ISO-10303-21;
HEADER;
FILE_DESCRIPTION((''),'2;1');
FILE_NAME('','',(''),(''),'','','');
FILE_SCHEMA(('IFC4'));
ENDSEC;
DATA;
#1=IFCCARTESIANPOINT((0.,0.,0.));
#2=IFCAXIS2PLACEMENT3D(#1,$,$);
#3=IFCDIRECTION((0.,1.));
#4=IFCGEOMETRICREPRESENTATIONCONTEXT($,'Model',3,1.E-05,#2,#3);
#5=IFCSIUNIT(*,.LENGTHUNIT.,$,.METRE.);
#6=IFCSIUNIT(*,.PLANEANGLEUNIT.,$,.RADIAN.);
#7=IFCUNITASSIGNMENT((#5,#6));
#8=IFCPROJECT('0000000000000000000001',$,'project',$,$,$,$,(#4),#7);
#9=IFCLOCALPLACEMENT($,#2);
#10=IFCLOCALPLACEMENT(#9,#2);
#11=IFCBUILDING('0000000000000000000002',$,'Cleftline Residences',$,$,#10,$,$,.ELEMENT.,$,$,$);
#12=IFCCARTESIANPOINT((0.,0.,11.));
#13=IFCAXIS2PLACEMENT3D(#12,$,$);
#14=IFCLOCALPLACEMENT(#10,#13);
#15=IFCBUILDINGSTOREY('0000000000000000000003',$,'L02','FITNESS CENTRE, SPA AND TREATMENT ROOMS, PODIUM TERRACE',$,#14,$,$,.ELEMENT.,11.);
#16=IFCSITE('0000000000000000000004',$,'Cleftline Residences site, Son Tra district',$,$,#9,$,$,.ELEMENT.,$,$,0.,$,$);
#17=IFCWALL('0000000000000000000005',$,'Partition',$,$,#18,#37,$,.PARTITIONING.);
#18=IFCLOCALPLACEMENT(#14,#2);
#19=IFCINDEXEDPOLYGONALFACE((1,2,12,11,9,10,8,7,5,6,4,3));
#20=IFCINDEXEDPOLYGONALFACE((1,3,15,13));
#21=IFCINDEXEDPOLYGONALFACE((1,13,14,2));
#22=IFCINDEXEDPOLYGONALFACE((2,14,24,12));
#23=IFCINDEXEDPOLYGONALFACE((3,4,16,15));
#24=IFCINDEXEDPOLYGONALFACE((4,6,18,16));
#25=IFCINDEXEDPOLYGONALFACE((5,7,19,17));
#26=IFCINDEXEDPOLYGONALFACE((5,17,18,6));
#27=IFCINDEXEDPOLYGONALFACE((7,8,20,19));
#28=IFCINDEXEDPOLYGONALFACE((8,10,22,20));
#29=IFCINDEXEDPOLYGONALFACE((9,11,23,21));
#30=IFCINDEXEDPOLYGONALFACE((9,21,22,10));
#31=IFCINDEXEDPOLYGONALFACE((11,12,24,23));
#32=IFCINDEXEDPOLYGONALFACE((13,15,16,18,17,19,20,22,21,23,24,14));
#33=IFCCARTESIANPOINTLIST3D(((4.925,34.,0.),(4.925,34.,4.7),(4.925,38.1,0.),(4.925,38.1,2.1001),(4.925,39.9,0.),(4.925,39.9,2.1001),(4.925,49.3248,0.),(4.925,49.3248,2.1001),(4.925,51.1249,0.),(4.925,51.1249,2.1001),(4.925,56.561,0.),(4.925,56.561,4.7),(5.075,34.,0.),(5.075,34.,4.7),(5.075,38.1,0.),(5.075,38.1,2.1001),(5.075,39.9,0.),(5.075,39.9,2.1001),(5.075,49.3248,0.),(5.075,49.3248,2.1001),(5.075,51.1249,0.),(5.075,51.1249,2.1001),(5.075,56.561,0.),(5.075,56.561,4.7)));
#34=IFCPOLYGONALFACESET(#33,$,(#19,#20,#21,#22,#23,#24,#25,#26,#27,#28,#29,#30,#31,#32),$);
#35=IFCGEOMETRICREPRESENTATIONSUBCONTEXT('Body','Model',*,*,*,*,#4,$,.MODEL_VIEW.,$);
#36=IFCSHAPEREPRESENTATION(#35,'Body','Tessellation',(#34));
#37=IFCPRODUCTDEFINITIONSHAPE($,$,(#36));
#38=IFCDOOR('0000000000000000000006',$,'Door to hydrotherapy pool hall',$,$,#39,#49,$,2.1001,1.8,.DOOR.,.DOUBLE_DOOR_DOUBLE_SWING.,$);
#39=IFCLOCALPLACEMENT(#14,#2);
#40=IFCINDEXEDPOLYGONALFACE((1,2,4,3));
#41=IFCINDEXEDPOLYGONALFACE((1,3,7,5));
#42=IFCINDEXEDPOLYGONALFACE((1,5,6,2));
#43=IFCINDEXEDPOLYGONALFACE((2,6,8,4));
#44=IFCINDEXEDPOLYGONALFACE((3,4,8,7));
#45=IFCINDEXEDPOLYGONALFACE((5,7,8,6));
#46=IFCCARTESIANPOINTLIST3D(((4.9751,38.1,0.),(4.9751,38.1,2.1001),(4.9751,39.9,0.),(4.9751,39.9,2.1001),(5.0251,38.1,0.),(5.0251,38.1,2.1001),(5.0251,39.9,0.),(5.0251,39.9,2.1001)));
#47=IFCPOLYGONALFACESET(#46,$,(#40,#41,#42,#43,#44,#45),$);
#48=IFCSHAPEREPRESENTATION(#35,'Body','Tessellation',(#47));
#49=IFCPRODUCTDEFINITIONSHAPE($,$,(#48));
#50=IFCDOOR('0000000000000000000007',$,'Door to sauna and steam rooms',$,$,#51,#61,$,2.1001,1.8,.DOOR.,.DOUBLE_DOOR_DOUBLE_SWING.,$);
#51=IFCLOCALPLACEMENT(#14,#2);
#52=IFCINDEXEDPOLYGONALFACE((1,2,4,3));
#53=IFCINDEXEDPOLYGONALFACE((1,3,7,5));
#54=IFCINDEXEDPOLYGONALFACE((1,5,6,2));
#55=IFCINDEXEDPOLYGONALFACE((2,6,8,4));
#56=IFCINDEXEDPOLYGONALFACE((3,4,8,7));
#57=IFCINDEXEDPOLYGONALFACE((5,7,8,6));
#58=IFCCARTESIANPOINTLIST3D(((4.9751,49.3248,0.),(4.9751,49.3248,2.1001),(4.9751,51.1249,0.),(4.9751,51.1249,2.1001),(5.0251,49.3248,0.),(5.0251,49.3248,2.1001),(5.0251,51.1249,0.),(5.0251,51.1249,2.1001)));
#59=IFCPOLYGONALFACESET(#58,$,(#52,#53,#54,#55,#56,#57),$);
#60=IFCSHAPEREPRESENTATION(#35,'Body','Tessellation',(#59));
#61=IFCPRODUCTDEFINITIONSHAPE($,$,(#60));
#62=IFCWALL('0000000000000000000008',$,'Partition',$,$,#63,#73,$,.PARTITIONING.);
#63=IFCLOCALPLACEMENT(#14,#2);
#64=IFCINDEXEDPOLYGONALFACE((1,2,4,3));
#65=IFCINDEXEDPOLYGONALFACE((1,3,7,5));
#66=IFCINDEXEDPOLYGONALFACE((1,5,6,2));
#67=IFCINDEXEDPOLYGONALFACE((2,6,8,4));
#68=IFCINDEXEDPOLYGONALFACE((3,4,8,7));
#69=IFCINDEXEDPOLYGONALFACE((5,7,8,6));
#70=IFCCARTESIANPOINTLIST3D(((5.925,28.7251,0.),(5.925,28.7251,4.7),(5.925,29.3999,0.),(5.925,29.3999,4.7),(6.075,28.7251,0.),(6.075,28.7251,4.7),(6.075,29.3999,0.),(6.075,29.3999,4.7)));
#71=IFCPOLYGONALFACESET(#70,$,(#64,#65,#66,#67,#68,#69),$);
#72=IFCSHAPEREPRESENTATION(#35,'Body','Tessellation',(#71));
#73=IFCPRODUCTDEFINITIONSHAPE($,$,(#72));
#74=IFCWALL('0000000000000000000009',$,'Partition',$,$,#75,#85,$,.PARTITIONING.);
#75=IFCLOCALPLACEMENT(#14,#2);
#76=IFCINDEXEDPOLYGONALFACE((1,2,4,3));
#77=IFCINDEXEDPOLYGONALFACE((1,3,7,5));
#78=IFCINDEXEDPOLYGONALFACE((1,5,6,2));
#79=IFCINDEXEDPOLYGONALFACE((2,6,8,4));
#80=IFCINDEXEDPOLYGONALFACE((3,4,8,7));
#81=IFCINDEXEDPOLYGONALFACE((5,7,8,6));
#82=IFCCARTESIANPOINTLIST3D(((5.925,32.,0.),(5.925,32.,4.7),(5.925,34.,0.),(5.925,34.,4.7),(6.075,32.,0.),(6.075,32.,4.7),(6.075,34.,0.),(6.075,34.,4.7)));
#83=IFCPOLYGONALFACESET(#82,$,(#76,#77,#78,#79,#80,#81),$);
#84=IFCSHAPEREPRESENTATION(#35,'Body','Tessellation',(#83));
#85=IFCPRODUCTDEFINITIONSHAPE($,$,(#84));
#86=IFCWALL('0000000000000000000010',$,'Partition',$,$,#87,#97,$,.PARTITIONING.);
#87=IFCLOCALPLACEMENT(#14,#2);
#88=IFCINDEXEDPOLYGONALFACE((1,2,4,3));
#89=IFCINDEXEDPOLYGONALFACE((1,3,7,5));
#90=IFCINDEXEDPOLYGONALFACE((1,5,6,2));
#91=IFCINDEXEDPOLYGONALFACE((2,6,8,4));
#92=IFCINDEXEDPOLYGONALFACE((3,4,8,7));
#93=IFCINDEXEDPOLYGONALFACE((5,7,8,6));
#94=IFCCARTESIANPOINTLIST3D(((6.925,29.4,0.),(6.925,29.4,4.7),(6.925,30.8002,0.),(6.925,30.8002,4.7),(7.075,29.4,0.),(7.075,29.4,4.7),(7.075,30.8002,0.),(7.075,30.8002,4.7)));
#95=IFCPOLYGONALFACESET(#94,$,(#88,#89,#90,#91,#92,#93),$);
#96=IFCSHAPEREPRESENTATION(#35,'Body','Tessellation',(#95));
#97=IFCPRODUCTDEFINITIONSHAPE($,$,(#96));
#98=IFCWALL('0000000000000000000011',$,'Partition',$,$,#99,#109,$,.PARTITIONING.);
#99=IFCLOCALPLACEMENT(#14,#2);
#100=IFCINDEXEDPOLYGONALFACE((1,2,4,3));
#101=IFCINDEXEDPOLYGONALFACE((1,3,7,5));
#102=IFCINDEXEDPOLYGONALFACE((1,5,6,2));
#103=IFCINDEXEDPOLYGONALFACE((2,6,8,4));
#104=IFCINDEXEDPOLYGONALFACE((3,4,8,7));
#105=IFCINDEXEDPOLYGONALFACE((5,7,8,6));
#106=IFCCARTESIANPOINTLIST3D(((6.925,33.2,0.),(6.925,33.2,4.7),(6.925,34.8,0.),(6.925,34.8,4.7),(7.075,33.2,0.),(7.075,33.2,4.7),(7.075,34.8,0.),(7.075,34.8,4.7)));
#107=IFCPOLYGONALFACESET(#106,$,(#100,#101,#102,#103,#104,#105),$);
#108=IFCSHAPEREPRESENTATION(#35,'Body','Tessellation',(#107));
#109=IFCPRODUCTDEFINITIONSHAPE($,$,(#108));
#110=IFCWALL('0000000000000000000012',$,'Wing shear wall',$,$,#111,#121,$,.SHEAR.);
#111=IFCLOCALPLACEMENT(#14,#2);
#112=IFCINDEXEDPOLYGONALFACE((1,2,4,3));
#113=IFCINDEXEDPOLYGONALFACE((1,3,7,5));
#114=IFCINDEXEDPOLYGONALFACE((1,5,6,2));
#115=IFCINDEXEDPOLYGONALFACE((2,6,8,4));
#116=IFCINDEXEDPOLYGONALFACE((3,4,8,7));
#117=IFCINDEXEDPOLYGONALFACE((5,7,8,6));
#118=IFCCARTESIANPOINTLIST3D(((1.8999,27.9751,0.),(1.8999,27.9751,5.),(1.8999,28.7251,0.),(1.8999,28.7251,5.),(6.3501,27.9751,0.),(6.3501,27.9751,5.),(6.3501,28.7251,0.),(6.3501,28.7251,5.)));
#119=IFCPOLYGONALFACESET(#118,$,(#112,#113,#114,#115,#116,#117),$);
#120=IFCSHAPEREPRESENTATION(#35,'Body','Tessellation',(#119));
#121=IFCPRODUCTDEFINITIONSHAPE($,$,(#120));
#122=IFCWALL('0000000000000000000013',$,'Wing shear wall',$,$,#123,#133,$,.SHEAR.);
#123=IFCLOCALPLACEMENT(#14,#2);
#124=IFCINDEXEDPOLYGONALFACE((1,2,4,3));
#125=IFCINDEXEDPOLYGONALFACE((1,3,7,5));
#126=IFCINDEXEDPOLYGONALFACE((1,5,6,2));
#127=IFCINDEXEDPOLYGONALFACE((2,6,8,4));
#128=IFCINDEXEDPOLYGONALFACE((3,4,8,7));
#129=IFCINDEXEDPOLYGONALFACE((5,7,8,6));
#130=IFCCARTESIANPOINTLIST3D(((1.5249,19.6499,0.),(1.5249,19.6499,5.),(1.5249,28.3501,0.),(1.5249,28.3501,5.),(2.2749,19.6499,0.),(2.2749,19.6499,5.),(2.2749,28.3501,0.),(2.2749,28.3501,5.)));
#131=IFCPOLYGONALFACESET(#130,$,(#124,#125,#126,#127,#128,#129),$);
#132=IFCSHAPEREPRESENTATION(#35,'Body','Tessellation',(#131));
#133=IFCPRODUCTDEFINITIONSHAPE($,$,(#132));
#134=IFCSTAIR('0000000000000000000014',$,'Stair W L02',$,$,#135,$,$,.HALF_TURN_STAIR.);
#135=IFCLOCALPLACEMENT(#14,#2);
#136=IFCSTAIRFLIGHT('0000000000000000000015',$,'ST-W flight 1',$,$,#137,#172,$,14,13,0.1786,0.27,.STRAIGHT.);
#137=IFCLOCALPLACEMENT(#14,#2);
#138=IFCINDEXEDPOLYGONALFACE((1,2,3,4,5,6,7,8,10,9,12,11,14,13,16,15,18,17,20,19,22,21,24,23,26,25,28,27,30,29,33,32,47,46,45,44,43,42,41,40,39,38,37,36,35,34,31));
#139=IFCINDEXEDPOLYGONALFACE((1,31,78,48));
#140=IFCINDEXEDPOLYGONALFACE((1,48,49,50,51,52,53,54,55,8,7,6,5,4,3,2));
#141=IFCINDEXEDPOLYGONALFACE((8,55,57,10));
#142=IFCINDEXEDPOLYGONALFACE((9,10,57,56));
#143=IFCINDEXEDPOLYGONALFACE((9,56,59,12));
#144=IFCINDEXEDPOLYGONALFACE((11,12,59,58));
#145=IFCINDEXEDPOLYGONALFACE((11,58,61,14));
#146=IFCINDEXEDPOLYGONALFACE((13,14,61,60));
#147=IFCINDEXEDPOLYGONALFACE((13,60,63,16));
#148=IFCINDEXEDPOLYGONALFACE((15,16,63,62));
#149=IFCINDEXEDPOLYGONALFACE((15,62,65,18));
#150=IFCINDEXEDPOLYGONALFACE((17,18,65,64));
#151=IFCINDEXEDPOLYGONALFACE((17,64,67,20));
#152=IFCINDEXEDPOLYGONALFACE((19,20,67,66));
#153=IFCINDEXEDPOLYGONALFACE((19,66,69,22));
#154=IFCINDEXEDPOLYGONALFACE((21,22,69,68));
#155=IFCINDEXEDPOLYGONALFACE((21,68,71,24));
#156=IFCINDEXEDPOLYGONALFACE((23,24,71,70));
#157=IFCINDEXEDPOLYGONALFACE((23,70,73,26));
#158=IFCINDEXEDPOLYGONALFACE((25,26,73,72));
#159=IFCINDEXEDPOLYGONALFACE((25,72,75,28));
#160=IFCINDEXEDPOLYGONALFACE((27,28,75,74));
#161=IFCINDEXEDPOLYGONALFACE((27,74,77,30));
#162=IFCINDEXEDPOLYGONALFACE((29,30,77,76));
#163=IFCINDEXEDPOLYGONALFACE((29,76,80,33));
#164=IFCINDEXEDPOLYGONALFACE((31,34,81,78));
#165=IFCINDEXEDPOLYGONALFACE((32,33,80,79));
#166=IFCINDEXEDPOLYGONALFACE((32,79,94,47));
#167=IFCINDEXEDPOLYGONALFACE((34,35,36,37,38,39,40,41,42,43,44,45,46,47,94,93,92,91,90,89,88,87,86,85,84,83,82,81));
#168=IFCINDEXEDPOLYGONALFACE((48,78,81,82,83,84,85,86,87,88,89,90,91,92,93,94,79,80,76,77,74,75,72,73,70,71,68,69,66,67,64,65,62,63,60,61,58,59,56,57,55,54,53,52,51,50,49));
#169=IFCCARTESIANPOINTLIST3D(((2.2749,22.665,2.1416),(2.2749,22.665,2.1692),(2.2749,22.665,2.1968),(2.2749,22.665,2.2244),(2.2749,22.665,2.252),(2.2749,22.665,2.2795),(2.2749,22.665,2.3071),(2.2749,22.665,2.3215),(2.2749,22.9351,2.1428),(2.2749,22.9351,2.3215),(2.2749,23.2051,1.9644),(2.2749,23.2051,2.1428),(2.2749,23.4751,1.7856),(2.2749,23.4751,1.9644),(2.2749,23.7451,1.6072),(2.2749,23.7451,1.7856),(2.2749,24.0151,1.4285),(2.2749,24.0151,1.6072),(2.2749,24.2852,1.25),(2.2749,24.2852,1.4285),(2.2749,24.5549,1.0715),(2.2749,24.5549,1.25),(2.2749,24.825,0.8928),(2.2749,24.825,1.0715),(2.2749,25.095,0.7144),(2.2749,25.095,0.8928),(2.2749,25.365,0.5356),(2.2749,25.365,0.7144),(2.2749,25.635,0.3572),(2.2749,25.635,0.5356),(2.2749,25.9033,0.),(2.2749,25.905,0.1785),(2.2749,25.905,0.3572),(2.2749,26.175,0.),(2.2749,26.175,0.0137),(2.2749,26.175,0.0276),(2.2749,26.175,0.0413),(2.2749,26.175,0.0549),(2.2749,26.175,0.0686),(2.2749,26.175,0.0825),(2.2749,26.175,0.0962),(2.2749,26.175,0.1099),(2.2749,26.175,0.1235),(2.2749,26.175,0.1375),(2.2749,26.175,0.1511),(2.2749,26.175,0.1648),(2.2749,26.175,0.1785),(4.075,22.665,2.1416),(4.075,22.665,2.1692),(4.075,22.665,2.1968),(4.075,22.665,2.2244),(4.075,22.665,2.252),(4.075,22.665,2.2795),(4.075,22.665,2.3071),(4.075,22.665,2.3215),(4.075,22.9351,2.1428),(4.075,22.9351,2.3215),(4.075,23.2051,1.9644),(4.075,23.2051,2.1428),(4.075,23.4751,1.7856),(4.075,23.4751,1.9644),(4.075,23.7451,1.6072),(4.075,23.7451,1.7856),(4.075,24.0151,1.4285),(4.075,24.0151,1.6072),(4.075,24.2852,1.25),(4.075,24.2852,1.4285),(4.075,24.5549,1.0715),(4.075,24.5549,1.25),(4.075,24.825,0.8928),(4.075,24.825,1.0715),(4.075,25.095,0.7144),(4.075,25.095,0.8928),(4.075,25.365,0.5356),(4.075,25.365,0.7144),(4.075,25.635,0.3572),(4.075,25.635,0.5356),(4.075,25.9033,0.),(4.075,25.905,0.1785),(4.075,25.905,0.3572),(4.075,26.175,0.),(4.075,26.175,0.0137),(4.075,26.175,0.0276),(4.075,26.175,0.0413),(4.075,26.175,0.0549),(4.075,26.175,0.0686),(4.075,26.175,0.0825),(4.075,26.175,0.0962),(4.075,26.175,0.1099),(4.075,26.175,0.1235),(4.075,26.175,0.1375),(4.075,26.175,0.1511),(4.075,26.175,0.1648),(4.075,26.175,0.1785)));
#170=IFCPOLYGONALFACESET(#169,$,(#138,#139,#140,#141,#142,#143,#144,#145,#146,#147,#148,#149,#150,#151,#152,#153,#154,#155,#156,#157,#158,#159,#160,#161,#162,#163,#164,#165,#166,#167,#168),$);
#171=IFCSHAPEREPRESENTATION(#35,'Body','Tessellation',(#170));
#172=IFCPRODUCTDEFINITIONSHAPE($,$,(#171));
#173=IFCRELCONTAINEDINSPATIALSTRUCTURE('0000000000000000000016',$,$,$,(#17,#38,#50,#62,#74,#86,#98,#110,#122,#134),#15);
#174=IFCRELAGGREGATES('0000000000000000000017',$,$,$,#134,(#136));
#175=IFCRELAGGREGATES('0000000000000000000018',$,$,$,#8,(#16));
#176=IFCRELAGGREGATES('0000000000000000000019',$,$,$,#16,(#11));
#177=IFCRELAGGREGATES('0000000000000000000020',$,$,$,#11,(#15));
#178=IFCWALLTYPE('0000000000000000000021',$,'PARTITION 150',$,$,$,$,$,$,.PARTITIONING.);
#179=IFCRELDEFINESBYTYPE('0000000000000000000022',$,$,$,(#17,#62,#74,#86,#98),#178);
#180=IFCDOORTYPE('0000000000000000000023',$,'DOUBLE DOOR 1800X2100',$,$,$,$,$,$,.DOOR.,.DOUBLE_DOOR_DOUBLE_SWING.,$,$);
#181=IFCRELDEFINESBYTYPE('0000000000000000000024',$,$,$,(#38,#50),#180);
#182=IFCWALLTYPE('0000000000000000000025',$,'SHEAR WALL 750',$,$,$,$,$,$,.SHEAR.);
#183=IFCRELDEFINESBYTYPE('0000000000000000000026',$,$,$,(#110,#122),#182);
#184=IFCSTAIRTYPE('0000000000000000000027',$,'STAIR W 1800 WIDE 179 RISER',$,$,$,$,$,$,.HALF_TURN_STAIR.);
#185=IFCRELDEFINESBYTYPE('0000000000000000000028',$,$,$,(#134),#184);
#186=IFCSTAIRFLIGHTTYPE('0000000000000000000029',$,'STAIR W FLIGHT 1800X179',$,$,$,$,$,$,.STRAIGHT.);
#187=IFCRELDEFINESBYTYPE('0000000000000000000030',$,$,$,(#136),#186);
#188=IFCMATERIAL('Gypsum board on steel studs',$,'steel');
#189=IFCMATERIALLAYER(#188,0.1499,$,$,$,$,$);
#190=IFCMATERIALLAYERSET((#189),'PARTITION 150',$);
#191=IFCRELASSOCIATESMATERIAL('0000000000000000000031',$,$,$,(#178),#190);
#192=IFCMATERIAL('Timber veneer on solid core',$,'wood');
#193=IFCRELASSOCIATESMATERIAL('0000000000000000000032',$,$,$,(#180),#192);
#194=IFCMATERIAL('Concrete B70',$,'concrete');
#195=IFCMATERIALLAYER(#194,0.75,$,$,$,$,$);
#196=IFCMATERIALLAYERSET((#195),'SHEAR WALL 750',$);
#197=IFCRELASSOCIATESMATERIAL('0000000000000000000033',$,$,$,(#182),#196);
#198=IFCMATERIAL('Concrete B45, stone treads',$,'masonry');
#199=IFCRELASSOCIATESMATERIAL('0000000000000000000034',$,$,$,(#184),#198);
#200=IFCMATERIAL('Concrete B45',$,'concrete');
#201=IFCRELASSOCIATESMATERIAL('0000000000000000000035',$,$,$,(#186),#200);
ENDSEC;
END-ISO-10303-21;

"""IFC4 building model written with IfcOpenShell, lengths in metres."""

from ifc_helpers import new_model, si_unit, direction, frame, frame_2d, origin, place, context, subcontext, project, spatial, polyline, rectangle, outline, extrude, material, layer, layer_set, type_object, element, fill, aggregate, save


model = new_model("IFC4")

# Units and contexts
model_context = context("Model", 3, precision=1e-05, world=origin(), true_north=direction((0.0, 1.0)))
body_context = subcontext(model_context, "Body", "Model", "MODEL_VIEW")
ifc_project = project(units=[si_unit("LENGTHUNIT", "METRE"), si_unit("PLANEANGLEUNIT", "RADIAN")], contexts=[model_context])

# Site, building, storey
site_placement = place(None, origin())
site = spatial("IfcSite", under=ifc_project, at=site_placement, Name="Cleftline Residences site, Son Tra district", CompositionType="ELEMENT", RefElevation=0.0)
building_placement = place(site_placement, origin())
building = spatial("IfcBuilding", under=site, at=building_placement, Name="Cleftline Residences", CompositionType="ELEMENT")
storey_placement = place(building_placement, frame((0.0, 0.0, 11.0)))
storey = spatial("IfcBuildingStorey", under=building, at=storey_placement, Name="L02", Description="FITNESS CENTRE, SPA AND TREATMENT ROOMS, PODIUM TERRACE", CompositionType="ELEMENT", Elevation=11.0)

# Shared definitions
ifc_material_1 = material(Name="Gypsum board on steel studs", Category="steel")
ifc_layer_1 = layer(ifc_material_1, 0.1499)
ifc_layer_set_1 = layer_set([ifc_layer_1], Name="PARTITION 150")
wall_type_1 = type_object("IfcWallType", Name="PARTITION 150", PredefinedType="PARTITIONING", material=ifc_layer_set_1)

# Wall, openings, doors
wall_1_placement = place(storey_placement, frame((5.0, 34.0, 0.0), z_axis=(0.0, 0.0, 1.0), x_axis=(0.0, 1.0, 0.0)))
wall_1 = element("IfcWall", 1, at=wall_1_placement, inside=storey, type_object=wall_type_1, Name="Partition", PredefinedType="PARTITIONING", context=body_context, shape_type="SweptSolid", body=[
    extrude(rectangle(XDim=22.561, YDim=0.1499, at=frame_2d((11.2805, 0.0))), origin(), (0.0, 0.0, 1.0), 4.7),
])
opening_1_placement = place(wall_1_placement, frame((4.1001, 0.0, 0.0)))
opening_1 = element("IfcOpeningElement", 2, at=opening_1_placement, cuts=wall_1, PredefinedType="OPENING", context=body_context, shape_type="SweptSolid", body=[
    extrude(rectangle(XDim=1.8, YDim=2.1001, at=frame_2d((0.8999, 1.05))), frame((0.0, 0.085, 0.0), z_axis=(0.0, -1.0, 0.0), x_axis=(1.0, 0.0, 0.0)), (0.0, 0.0, 1.0), 0.1699),
])
opening_2_placement = place(wall_1_placement, frame((15.325, 0.0, 0.0)))
opening_2 = element("IfcOpeningElement", 3, at=opening_2_placement, cuts=wall_1, PredefinedType="OPENING", context=body_context, shape_type="SweptSolid", body=[
    extrude(rectangle(XDim=1.8, YDim=2.1001, at=frame_2d((0.8999, 1.05))), frame((0.0, 0.085, 0.0), z_axis=(0.0, -1.0, 0.0), x_axis=(1.0, 0.0, 0.0)), (0.0, 0.0, 1.0), 0.1699),
])
ifc_material_2 = material(Name="Timber veneer on solid core", Category="wood")
door_type_1 = type_object("IfcDoorType", Name="DOUBLE DOOR 1800X2100", OperationType="DOUBLE_DOOR_DOUBLE_SWING", PredefinedType="DOOR", material=ifc_material_2)
door_1_placement = place(opening_1_placement, origin())
door_1 = element("IfcDoor", 4, at=door_1_placement, inside=storey, type_object=door_type_1, Name="Door to hydrotherapy pool hall", OperationType="DOUBLE_DOOR_DOUBLE_SWING", OverallHeight=2.1001, OverallWidth=1.8, PredefinedType="DOOR", context=body_context, shape_type="SweptSolid", body=[
    extrude(rectangle(XDim=1.8, YDim=2.1001, at=frame_2d((0.8999, 1.05))), frame((0.0, 0.0249, 0.0), z_axis=(0.0, -1.0, 0.0), x_axis=(1.0, 0.0, 0.0)), (0.0, 0.0, 1.0), 0.05),
])
fill(opening_1, door_1)
door_2_placement = place(opening_2_placement, origin())
door_2 = element("IfcDoor", 5, at=door_2_placement, inside=storey, type_object=door_type_1, Name="Door to sauna and steam rooms", OperationType="DOUBLE_DOOR_DOUBLE_SWING", OverallHeight=2.1001, OverallWidth=1.8, PredefinedType="DOOR", context=body_context, shape_type="SweptSolid", body=[
    extrude(rectangle(XDim=1.8, YDim=2.1001, at=frame_2d((0.8999, 1.05))), frame((0.0, 0.0249, 0.0), z_axis=(0.0, -1.0, 0.0), x_axis=(1.0, 0.0, 0.0)), (0.0, 0.0, 1.0), 0.05),
])
fill(opening_2, door_2)

# Walls
wall_2_placement = place(storey_placement, frame((6.0, 28.7251, 0.0), z_axis=(0.0, 0.0, 1.0), x_axis=(0.0, 1.0, 0.0)))
element("IfcWall", 6, at=wall_2_placement, inside=storey, type_object=wall_type_1, Name="Partition", PredefinedType="PARTITIONING", context=body_context, shape_type="SweptSolid", body=[
    extrude(rectangle(XDim=0.6748, YDim=0.1499, at=frame_2d((0.3374, 0.0))), origin(), (0.0, 0.0, 1.0), 4.7),
])
wall_3_placement = place(storey_placement, frame((6.0, 32.0, 0.0), z_axis=(0.0, 0.0, 1.0), x_axis=(0.0, 1.0, 0.0)))
element("IfcWall", 7, at=wall_3_placement, inside=storey, type_object=wall_type_1, Name="Partition", PredefinedType="PARTITIONING", context=body_context, shape_type="SweptSolid", body=[
    extrude(rectangle(XDim=2.0, YDim=0.1499, at=frame_2d((1.0, 0.0))), origin(), (0.0, 0.0, 1.0), 4.7),
])
wall_4_placement = place(storey_placement, frame((7.0, 29.3999, 0.0), z_axis=(0.0, 0.0, 1.0), x_axis=(0.0, 1.0, 0.0)))
element("IfcWall", 8, at=wall_4_placement, inside=storey, type_object=wall_type_1, Name="Partition", PredefinedType="PARTITIONING", context=body_context, shape_type="SweptSolid", body=[
    extrude(rectangle(XDim=1.4001, YDim=0.1499, at=frame_2d((0.7002, 0.0))), origin(), (0.0, 0.0, 1.0), 4.7),
])
wall_5_placement = place(storey_placement, frame((7.0, 33.2, 0.0), z_axis=(0.0, 0.0, 1.0), x_axis=(0.0, 1.0, 0.0)))
element("IfcWall", 9, at=wall_5_placement, inside=storey, type_object=wall_type_1, Name="Partition", PredefinedType="PARTITIONING", context=body_context, shape_type="SweptSolid", body=[
    extrude(rectangle(XDim=1.6001, YDim=0.1499, at=frame_2d((0.8, 0.0))), origin(), (0.0, 0.0, 1.0), 4.7),
])
ifc_material_3 = material(Name="Concrete B70", Category="concrete")
ifc_layer_2 = layer(ifc_material_3, 0.75)
ifc_layer_set_2 = layer_set([ifc_layer_2], Name="SHEAR WALL 750")
wall_type_2 = type_object("IfcWallType", Name="SHEAR WALL 750", PredefinedType="SHEAR", material=ifc_layer_set_2)
wall_6_placement = place(storey_placement, frame((6.3501, 28.3501, 0.0), z_axis=(0.0, 0.0, 1.0), x_axis=(-1.0, 0.0, 0.0)))
element("IfcWall", 10, at=wall_6_placement, inside=storey, type_object=wall_type_2, Name="Wing shear wall", PredefinedType="SHEAR", context=body_context, shape_type="SweptSolid", body=[
    extrude(rectangle(XDim=4.4502, YDim=0.75, at=frame_2d((2.2251, 0.0))), origin(), (0.0, 0.0, 1.0), 5.0),
])
wall_7_placement = place(storey_placement, frame((1.8999, 28.3501, 0.0), z_axis=(0.0, 0.0, 1.0), x_axis=(0.0, -1.0, 0.0)))
element("IfcWall", 11, at=wall_7_placement, inside=storey, type_object=wall_type_2, Name="Wing shear wall", PredefinedType="SHEAR", context=body_context, shape_type="SweptSolid", body=[
    extrude(rectangle(XDim=8.7002, YDim=0.75, at=frame_2d((4.3501, 0.0))), origin(), (0.0, 0.0, 1.0), 5.0),
])

# Stair, stair flight
ifc_material_4 = material(Name="Concrete B45, stone treads", Category="masonry")
stair_type = type_object("IfcStairType", Name="STAIR W 1800 WIDE 179 RISER", PredefinedType="HALF_TURN_STAIR", material=ifc_material_4)
stair_placement = place(storey_placement, origin())
stair = element("IfcStair", 12, at=stair_placement, inside=storey, type_object=stair_type, Name="Stair W L02", PredefinedType="HALF_TURN_STAIR")
ifc_material_5 = material(Name="Concrete B45", Category="concrete")
stair_flight_type = type_object("IfcStairFlightType", Name="STAIR W FLIGHT 1800X179", PredefinedType="STRAIGHT", material=ifc_material_5)
stair_flight_placement = place(storey_placement, frame((3.175, 26.175, 0.0), z_axis=(0.0, 0.0, 1.0), x_axis=(0.0, -1.0, 0.0)))
stair_flight = element("IfcStairFlight", 13, at=stair_flight_placement, type_object=stair_flight_type, Name="ST-W flight 1", NumberOfRisers=14, NumberOfTreads=13, PredefinedType="STRAIGHT", RiserHeight=0.1786, TreadLength=0.27, context=body_context, shape_type="SweptSolid", body=[
    extrude(outline(polyline([(0.0, 0.0), (0.0, 0.0137), (0.0, 0.0276), (0.0, 0.0413), (0.0, 0.0549), (0.0, 0.0686), (0.0, 0.0825), (0.0, 0.0962), (0.0, 0.1099), (0.0, 0.1235), (0.0, 0.1375), (0.0, 0.1511), (0.0, 0.1648), (0.0, 0.1785), (0.27, 0.1785), (0.27, 0.3572), (0.54, 0.3572), (0.54, 0.5356), (0.8101, 0.5356), (0.8101, 0.7144), (1.0801, 0.7144), (1.0801, 0.8928), (1.3501, 0.8928), (1.3501, 1.0715), (1.6201, 1.0715), (1.6201, 1.25), (1.8899, 1.25), (1.8899, 1.4285), (2.1599, 1.4285), (2.1599, 1.6072), (2.4299, 1.6072), (2.4299, 1.7856), (2.7, 1.7856), (2.7, 1.9644), (2.97, 1.9644), (2.97, 2.1428), (3.24, 2.1428), (3.24, 2.3215), (3.51, 2.3215), (3.51, 2.5), (3.51, 2.4724), (3.51, 2.4448), (3.51, 2.4172), (3.51, 2.3896), (3.51, 2.3623), (3.51, 2.3347), (3.51, 2.3071), (3.51, 2.2795), (3.51, 2.252), (3.51, 2.2244), (3.51, 2.1968), (3.51, 2.1692), (3.51, 2.1416), (0.2717, 0.0), (0.0, 0.0)])), frame((0.0, 0.8999, 0.0), z_axis=(0.0, -1.0, 0.0), x_axis=(1.0, 0.0, 0.0)), (0.0, 0.0, 1.0), 1.8),
])
aggregate(stair, [stair_flight])

save(model, "model.ifc")
